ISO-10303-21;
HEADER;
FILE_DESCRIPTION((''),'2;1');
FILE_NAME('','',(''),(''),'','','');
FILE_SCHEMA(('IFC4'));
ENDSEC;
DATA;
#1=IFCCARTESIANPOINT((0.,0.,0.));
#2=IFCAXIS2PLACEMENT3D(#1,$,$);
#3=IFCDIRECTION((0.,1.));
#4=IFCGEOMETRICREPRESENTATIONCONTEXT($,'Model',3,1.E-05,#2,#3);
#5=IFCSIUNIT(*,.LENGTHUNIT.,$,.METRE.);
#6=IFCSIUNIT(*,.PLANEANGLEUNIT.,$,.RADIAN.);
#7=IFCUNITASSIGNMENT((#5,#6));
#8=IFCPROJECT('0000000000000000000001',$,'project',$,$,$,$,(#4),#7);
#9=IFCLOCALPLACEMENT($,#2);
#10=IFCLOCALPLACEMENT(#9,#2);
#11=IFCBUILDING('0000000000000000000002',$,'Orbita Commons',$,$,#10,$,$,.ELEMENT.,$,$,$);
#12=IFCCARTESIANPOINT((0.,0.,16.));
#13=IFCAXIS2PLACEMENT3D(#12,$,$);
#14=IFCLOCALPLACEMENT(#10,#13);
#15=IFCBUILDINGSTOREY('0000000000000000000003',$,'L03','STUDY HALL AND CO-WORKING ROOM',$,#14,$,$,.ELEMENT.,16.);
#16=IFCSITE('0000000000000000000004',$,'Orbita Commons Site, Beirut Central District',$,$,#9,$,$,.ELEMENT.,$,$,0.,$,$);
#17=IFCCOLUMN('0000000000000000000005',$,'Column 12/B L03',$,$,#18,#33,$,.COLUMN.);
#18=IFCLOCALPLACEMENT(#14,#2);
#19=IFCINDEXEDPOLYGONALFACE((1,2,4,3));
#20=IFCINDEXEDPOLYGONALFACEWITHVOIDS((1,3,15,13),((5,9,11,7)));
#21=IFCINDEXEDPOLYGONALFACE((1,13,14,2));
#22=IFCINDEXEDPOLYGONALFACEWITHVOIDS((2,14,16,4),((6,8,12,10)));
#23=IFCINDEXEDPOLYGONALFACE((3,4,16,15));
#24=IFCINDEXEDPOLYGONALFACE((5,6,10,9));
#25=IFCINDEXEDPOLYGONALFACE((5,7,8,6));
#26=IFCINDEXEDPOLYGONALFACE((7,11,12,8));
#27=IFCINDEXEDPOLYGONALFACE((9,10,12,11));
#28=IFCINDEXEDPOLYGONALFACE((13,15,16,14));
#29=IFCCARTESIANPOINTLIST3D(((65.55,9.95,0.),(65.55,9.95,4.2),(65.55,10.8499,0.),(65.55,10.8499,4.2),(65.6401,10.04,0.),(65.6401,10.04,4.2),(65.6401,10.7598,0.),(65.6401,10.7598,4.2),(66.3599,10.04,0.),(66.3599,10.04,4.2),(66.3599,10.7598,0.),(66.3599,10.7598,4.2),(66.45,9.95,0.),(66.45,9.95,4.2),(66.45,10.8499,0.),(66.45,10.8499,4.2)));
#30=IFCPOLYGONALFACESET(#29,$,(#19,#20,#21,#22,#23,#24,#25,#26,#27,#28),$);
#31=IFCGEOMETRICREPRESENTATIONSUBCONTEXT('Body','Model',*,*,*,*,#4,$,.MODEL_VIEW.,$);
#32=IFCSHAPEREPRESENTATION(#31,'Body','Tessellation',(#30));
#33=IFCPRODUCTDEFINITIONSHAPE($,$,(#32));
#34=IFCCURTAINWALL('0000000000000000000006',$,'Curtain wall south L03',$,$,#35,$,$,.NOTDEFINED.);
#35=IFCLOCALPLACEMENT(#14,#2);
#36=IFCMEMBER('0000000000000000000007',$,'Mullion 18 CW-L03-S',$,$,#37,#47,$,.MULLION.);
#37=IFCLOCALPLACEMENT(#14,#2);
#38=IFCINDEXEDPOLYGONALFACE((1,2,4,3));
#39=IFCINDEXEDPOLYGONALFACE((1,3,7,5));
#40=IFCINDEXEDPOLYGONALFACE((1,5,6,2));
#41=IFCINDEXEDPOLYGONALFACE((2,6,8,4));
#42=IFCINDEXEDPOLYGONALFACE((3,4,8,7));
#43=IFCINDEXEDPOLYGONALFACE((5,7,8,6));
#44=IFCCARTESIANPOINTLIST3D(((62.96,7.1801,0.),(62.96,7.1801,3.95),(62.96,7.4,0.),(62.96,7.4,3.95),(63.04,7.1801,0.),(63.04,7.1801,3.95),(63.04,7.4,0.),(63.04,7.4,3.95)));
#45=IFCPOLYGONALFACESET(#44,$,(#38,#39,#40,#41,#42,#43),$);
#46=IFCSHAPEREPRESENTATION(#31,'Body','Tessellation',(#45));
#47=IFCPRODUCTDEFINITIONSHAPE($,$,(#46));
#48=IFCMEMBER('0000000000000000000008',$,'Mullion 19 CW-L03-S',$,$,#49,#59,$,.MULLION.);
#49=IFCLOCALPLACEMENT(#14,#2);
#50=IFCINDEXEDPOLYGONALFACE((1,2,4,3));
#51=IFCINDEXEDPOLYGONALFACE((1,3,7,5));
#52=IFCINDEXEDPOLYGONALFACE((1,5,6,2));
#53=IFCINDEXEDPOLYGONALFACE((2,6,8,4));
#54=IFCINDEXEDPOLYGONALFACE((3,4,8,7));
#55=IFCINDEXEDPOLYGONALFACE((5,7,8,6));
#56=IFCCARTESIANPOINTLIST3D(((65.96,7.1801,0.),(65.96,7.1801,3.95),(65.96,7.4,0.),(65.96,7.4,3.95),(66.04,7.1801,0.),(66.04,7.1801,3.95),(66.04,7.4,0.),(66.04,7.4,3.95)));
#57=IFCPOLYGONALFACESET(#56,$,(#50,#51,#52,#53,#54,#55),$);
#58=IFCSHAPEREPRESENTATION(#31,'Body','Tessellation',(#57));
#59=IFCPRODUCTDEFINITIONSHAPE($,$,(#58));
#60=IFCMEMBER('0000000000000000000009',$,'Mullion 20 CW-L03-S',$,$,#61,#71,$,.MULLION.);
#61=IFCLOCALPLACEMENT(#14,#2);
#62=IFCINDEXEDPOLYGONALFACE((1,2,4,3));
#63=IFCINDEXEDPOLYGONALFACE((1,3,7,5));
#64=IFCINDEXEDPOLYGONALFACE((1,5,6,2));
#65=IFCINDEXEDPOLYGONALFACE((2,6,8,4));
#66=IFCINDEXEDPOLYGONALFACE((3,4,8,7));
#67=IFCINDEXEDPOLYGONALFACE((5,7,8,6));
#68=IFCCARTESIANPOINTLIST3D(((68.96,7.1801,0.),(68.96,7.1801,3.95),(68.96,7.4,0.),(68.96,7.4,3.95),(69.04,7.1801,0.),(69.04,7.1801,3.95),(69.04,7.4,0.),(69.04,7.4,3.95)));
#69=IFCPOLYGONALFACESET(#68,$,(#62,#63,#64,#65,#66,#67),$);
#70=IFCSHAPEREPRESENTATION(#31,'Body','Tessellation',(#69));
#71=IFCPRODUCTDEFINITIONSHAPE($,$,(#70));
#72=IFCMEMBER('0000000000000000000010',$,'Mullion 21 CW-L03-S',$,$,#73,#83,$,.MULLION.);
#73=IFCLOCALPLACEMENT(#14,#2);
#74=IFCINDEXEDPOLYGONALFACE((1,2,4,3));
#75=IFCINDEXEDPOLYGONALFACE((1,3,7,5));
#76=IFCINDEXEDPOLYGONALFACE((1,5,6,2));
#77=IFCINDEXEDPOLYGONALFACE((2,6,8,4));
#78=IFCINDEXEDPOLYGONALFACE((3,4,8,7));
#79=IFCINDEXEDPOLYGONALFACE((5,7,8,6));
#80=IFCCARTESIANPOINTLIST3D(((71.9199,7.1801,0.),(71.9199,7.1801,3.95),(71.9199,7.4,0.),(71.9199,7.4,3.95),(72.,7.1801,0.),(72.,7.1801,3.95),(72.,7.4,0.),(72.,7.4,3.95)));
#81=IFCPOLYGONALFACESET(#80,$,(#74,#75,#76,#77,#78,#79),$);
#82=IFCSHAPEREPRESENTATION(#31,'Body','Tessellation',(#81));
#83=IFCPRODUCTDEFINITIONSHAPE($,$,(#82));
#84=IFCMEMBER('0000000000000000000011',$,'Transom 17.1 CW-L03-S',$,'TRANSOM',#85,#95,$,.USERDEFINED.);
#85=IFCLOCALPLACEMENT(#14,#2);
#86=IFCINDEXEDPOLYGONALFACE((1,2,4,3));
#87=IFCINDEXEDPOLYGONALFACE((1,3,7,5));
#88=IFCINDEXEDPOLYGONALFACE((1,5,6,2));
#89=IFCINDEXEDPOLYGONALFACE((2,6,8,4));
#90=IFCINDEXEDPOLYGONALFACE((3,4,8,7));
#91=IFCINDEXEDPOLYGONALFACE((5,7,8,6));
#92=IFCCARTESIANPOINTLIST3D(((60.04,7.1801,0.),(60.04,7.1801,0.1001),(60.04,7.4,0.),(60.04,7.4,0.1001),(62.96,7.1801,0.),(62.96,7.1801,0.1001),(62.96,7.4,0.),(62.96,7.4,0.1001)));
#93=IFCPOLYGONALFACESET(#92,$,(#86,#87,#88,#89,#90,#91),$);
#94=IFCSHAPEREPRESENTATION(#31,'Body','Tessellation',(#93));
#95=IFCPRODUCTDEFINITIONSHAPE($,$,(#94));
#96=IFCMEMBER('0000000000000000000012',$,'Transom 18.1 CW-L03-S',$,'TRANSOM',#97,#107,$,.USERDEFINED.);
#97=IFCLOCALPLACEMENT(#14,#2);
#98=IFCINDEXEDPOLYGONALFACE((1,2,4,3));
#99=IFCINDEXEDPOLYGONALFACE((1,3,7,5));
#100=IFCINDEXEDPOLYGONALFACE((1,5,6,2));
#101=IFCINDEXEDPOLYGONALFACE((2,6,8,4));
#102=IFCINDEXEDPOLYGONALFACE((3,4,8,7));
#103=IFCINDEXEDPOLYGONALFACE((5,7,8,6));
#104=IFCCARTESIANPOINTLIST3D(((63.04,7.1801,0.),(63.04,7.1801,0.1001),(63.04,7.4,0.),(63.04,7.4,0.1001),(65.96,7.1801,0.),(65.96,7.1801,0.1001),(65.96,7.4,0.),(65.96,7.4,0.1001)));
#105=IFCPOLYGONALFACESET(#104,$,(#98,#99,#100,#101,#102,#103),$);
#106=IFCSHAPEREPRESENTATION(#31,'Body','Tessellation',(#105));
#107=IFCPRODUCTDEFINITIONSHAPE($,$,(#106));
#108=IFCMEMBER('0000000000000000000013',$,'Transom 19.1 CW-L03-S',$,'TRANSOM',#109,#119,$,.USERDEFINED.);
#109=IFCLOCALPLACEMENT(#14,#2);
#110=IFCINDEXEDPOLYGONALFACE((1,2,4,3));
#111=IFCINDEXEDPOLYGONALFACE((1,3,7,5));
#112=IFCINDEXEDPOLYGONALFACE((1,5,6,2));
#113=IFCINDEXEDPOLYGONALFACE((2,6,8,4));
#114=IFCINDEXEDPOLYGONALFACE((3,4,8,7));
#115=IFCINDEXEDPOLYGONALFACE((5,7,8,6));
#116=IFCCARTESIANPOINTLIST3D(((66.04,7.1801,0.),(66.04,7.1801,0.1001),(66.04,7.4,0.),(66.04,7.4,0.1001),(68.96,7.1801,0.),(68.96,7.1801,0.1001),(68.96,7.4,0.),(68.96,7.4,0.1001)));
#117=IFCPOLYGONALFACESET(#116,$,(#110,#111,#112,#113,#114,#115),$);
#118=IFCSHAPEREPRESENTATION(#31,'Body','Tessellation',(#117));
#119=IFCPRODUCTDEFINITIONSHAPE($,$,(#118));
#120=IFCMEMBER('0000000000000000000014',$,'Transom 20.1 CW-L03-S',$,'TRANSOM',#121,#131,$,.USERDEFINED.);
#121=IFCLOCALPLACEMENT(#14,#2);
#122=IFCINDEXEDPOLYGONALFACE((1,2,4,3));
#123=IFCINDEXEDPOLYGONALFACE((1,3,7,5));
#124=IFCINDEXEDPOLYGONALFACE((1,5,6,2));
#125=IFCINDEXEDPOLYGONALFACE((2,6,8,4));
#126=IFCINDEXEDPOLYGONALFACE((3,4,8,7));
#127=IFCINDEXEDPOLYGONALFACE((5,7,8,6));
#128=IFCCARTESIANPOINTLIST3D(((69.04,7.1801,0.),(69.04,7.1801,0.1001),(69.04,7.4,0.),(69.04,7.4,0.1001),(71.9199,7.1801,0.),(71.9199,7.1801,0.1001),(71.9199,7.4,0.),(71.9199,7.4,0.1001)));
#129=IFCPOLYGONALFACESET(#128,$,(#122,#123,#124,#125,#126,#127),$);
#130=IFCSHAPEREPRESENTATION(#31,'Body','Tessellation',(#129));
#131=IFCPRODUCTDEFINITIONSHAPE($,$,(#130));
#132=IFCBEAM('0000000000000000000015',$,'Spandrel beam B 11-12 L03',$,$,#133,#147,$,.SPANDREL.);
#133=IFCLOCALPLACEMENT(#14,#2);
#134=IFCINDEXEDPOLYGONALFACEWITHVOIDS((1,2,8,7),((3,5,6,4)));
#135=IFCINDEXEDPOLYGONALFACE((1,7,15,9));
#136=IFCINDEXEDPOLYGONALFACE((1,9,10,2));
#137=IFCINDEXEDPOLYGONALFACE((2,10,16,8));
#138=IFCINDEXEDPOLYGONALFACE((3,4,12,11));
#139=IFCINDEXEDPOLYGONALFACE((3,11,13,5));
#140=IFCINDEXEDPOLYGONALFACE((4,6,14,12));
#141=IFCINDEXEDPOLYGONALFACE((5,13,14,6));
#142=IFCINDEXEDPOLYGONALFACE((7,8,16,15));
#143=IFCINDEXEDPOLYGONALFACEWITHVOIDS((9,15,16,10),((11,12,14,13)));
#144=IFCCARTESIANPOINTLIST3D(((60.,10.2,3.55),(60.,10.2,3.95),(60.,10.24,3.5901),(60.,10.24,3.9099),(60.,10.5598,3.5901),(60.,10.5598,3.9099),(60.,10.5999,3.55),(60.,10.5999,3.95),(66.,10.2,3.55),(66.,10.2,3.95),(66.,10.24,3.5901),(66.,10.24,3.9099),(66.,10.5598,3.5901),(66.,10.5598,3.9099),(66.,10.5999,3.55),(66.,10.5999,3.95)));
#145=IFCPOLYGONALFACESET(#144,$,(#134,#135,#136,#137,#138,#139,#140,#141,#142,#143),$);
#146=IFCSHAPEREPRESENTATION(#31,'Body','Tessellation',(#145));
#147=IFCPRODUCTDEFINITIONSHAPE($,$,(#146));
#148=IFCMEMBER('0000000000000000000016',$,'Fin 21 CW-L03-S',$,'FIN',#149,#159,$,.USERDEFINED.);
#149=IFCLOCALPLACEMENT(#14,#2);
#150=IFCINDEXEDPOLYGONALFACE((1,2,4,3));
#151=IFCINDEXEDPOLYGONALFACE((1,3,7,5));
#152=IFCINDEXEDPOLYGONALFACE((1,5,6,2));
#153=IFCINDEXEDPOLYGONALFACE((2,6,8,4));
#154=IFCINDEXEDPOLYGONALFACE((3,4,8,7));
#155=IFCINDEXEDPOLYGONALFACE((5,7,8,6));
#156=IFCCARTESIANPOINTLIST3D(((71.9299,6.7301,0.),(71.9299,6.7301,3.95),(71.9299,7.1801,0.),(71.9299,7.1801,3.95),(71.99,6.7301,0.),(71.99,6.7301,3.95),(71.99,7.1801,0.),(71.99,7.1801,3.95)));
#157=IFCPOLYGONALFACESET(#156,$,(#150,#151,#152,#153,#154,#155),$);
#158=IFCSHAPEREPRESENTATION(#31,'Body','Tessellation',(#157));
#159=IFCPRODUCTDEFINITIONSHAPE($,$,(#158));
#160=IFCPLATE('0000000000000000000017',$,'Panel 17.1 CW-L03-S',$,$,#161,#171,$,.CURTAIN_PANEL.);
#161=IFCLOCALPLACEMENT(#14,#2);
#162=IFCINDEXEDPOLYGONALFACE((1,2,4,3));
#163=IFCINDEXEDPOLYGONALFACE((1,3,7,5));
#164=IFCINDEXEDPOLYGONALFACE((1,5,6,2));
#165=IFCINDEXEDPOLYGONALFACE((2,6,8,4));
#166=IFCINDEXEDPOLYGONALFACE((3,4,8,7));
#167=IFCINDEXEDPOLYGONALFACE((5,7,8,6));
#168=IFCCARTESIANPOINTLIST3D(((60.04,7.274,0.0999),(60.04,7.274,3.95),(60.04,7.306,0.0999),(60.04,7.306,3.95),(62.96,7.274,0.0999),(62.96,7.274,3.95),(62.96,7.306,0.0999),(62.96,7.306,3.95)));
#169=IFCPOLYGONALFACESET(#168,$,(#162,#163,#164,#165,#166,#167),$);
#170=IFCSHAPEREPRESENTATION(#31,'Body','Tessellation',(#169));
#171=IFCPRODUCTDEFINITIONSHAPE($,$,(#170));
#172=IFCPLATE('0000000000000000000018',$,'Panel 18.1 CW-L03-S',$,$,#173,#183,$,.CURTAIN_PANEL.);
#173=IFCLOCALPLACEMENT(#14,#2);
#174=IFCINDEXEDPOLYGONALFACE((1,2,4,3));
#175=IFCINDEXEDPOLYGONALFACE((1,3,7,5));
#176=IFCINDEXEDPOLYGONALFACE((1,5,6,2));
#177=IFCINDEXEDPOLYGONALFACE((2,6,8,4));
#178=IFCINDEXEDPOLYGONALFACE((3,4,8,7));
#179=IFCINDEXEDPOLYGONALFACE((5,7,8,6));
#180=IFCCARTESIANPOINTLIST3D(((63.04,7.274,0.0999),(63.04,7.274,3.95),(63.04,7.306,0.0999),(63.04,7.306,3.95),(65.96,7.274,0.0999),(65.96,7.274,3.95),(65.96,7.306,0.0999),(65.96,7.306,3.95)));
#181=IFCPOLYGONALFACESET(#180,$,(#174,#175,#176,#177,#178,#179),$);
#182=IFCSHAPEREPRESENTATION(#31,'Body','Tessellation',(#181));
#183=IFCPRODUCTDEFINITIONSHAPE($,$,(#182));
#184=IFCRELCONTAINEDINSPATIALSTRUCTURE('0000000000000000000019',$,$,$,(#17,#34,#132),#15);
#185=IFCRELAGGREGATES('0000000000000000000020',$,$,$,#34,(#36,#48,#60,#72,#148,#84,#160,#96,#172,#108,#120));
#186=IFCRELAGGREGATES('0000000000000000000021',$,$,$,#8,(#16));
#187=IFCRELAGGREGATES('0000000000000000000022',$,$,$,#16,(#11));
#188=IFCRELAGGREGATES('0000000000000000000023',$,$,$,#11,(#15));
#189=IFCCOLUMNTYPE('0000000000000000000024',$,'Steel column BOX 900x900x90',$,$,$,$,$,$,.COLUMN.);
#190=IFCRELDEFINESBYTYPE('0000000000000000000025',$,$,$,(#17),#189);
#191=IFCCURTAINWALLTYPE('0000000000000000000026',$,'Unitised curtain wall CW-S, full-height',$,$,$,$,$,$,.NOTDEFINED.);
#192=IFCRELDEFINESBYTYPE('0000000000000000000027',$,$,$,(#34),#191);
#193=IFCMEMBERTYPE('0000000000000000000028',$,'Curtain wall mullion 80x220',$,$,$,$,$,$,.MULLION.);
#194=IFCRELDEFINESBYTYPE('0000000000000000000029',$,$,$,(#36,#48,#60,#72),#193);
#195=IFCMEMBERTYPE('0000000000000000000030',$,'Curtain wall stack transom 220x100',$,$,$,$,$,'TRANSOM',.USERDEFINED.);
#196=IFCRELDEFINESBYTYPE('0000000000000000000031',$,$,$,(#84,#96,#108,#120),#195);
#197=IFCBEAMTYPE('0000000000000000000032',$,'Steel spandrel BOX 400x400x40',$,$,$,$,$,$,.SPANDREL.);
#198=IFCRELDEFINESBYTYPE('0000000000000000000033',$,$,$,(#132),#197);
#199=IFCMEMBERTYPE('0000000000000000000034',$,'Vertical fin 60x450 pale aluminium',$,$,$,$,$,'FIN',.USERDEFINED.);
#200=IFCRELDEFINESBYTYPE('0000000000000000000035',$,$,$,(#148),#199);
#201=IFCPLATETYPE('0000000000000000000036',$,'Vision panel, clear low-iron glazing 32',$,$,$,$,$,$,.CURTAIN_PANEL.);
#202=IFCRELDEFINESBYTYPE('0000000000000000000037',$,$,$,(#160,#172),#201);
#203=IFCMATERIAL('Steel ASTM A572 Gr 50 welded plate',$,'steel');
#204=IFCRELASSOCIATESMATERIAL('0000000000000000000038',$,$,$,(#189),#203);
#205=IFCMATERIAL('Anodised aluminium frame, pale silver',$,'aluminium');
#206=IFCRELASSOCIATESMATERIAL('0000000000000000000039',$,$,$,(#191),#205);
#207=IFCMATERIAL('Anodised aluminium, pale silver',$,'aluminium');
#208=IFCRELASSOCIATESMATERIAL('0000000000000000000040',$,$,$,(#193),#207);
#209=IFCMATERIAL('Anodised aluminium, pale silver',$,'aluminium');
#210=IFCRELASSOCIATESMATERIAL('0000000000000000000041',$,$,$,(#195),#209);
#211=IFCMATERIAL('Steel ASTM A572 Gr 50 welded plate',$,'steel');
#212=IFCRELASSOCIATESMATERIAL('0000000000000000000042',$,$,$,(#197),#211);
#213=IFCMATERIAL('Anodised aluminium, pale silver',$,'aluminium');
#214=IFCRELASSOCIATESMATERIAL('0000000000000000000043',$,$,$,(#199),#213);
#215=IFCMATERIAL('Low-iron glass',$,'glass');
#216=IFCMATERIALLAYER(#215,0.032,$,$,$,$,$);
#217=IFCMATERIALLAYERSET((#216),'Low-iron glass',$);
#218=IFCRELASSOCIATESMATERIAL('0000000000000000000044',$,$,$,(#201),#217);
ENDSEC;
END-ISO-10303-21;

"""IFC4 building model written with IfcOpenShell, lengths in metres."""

from ifc_helpers import new_model, si_unit, direction, frame, origin, origin_2d, place, context, subcontext, project, spatial, rectangle, hollow_rectangle, extrude, material, layer, layer_set, material_profile, profile_set, type_object, element, aggregate, save


model = new_model("IFC4")

# Units and contexts
model_context = context("Model", 3, precision=1e-05, world=origin(), true_north=direction((0.0, 1.0)))
body_context = subcontext(model_context, "Body", "Model", "MODEL_VIEW")
ifc_project = project(units=[si_unit("LENGTHUNIT", "METRE"), si_unit("PLANEANGLEUNIT", "RADIAN")], contexts=[model_context])

# Site, building, storey
site_placement = place(None, origin())
site = spatial("IfcSite", under=ifc_project, at=site_placement, Name="Orbita Commons Site, Beirut Central District", CompositionType="ELEMENT", RefElevation=0.0)
building_placement = place(site_placement, origin())
building = spatial("IfcBuilding", under=site, at=building_placement, Name="Orbita Commons", CompositionType="ELEMENT")
storey_placement = place(building_placement, frame((0.0, 0.0, 16.0)))
storey = spatial("IfcBuildingStorey", under=building, at=storey_placement, Name="L03", Description="STUDY HALL AND CO-WORKING ROOM", CompositionType="ELEMENT", Elevation=16.0)

# Column
ifc_material_1 = material(Name="Steel ASTM A572 Gr 50 welded plate", Category="steel")
ifc_material_profile_1 = material_profile(ifc_material_1, hollow_rectangle(XDim=0.8999, YDim=0.8999, WallThickness=0.0901, at=origin_2d()), Name="BOX 900x900x90")
ifc_profile_set_1 = profile_set([ifc_material_profile_1], Name="Steel ASTM A572 Gr 50 welded plate")
column_type = type_object("IfcColumnType", Name="Steel column BOX 900x900x90", PredefinedType="COLUMN", material=ifc_profile_set_1)
column_placement = place(storey_placement, frame((66.0, 10.3999, 0.0), z_axis=(0.0, 0.0, 1.0), x_axis=(1.0, 0.0, 0.0)))
element("IfcColumn", 1, at=column_placement, inside=storey, type_object=column_type, Name="Column 12/B L03", PredefinedType="COLUMN", context=body_context, shape_type="SweptSolid", body=[
    extrude(hollow_rectangle(XDim=0.8999, YDim=0.8999, WallThickness=0.0901, at=origin_2d()), origin(), (0.0, 0.0, 1.0), 4.2),
])

# Curtain wall, members
ifc_material_2 = material(Name="Anodised aluminium frame, pale silver", Category="aluminium")
curtain_wall_type = type_object("IfcCurtainWallType", Name="Unitised curtain wall CW-S, full-height", PredefinedType="NOTDEFINED", material=ifc_material_2)
curtain_wall_placement = place(storey_placement, origin())
curtain_wall = element("IfcCurtainWall", 2, at=curtain_wall_placement, inside=storey, type_object=curtain_wall_type, Name="Curtain wall south L03", PredefinedType="NOTDEFINED")
ifc_material_3 = material(Name="Anodised aluminium, pale silver", Category="aluminium")
ifc_material_profile_2 = material_profile(ifc_material_3, rectangle(XDim=0.0801, YDim=0.22, at=origin_2d()), Name="AL 80x220")
ifc_profile_set_2 = profile_set([ifc_material_profile_2], Name="Anodised aluminium, pale silver")
member_type_1 = type_object("IfcMemberType", Name="Curtain wall mullion 80x220", PredefinedType="MULLION", material=ifc_profile_set_2)
member_1_placement = place(storey_placement, frame((63.0, 7.29, 0.0), z_axis=(0.0, 0.0, 1.0), x_axis=(1.0, 0.0, 0.0)))
member_1 = element("IfcMember", 3, at=member_1_placement, type_object=member_type_1, Name="Mullion 18 CW-L03-S", PredefinedType="MULLION", context=body_context, shape_type="SweptSolid", body=[
    extrude(rectangle(XDim=0.0801, YDim=0.22, at=origin_2d()), origin(), (0.0, 0.0, 1.0), 3.95),
])
member_2_placement = place(storey_placement, frame((66.0, 7.29, 0.0), z_axis=(0.0, 0.0, 1.0), x_axis=(1.0, 0.0, 0.0)))
member_2 = element("IfcMember", 4, at=member_2_placement, type_object=member_type_1, Name="Mullion 19 CW-L03-S", PredefinedType="MULLION", context=body_context, shape_type="SweptSolid", body=[
    extrude(rectangle(XDim=0.0801, YDim=0.22, at=origin_2d()), origin(), (0.0, 0.0, 1.0), 3.95),
])
member_3_placement = place(storey_placement, frame((69.0, 7.29, 0.0), z_axis=(0.0, 0.0, 1.0), x_axis=(1.0, 0.0, 0.0)))
member_3 = element("IfcMember", 5, at=member_3_placement, type_object=member_type_1, Name="Mullion 20 CW-L03-S", PredefinedType="MULLION", context=body_context, shape_type="SweptSolid", body=[
    extrude(rectangle(XDim=0.0801, YDim=0.22, at=origin_2d()), origin(), (0.0, 0.0, 1.0), 3.95),
])
member_4_placement = place(storey_placement, frame((71.96, 7.29, 0.0), z_axis=(0.0, 0.0, 1.0), x_axis=(1.0, 0.0, 0.0)))
member_4 = element("IfcMember", 6, at=member_4_placement, type_object=member_type_1, Name="Mullion 21 CW-L03-S", PredefinedType="MULLION", context=body_context, shape_type="SweptSolid", body=[
    extrude(rectangle(XDim=0.0801, YDim=0.22, at=origin_2d()), origin(), (0.0, 0.0, 1.0), 3.95),
])
ifc_material_4 = material(Name="Anodised aluminium, pale silver", Category="aluminium")
ifc_material_profile_3 = material_profile(ifc_material_4, rectangle(XDim=0.22, YDim=0.1001, at=origin_2d()), Name="AL 220x100")
ifc_profile_set_3 = profile_set([ifc_material_profile_3], Name="Anodised aluminium, pale silver")
member_type_2 = type_object("IfcMemberType", Name="Curtain wall stack transom 220x100", ElementType="TRANSOM", PredefinedType="USERDEFINED", material=ifc_profile_set_3)
member_5_placement = place(storey_placement, frame((60.04, 7.29, 0.05), z_axis=(1.0, 0.0, 0.0), x_axis=(0.0, 1.0, 0.0)))
member_5 = element("IfcMember", 7, at=member_5_placement, type_object=member_type_2, Name="Transom 17.1 CW-L03-S", ObjectType="TRANSOM", PredefinedType="USERDEFINED", context=body_context, shape_type="SweptSolid", body=[
    extrude(rectangle(XDim=0.22, YDim=0.1001, at=origin_2d()), origin(), (0.0, 0.0, 1.0), 2.9199),
])
member_6_placement = place(storey_placement, frame((63.04, 7.29, 0.05), z_axis=(1.0, 0.0, 0.0), x_axis=(0.0, 1.0, 0.0)))
member_6 = element("IfcMember", 8, at=member_6_placement, type_object=member_type_2, Name="Transom 18.1 CW-L03-S", ObjectType="TRANSOM", PredefinedType="USERDEFINED", context=body_context, shape_type="SweptSolid", body=[
    extrude(rectangle(XDim=0.22, YDim=0.1001, at=origin_2d()), origin(), (0.0, 0.0, 1.0), 2.9199),
])
member_7_placement = place(storey_placement, frame((66.04, 7.29, 0.05), z_axis=(1.0, 0.0, 0.0), x_axis=(0.0, 1.0, 0.0)))
member_7 = element("IfcMember", 9, at=member_7_placement, type_object=member_type_2, Name="Transom 19.1 CW-L03-S", ObjectType="TRANSOM", PredefinedType="USERDEFINED", context=body_context, shape_type="SweptSolid", body=[
    extrude(rectangle(XDim=0.22, YDim=0.1001, at=origin_2d()), origin(), (0.0, 0.0, 1.0), 2.9199),
])
member_8_placement = place(storey_placement, frame((69.04, 7.29, 0.05), z_axis=(1.0, 0.0, 0.0), x_axis=(0.0, 1.0, 0.0)))
member_8 = element("IfcMember", 10, at=member_8_placement, type_object=member_type_2, Name="Transom 20.1 CW-L03-S", ObjectType="TRANSOM", PredefinedType="USERDEFINED", context=body_context, shape_type="SweptSolid", body=[
    extrude(rectangle(XDim=0.22, YDim=0.1001, at=origin_2d()), origin(), (0.0, 0.0, 1.0), 2.8799),
])

# Beam
ifc_material_5 = material(Name="Steel ASTM A572 Gr 50 welded plate", Category="steel")
ifc_material_profile_4 = material_profile(ifc_material_5, hollow_rectangle(XDim=0.3999, YDim=0.3999, WallThickness=0.04, at=origin_2d()), Name="BOX 400x400x40")
ifc_profile_set_4 = profile_set([ifc_material_profile_4], Name="Steel ASTM A572 Gr 50 welded plate")
beam_type = type_object("IfcBeamType", Name="Steel spandrel BOX 400x400x40", PredefinedType="SPANDREL", material=ifc_profile_set_4)
beam_placement = place(storey_placement, frame((60.0, 10.3999, 3.75), z_axis=(1.0, 0.0, 0.0), x_axis=(0.0, 1.0, 0.0)))
element("IfcBeam", 11, at=beam_placement, inside=storey, type_object=beam_type, Name="Spandrel beam B 11-12 L03", PredefinedType="SPANDREL", context=body_context, shape_type="SweptSolid", body=[
    extrude(hollow_rectangle(XDim=0.3999, YDim=0.3999, WallThickness=0.04, at=origin_2d()), origin(), (0.0, 0.0, 1.0), 6.0),
])

# Member
ifc_material_6 = material(Name="Anodised aluminium, pale silver", Category="aluminium")
ifc_material_profile_5 = material_profile(ifc_material_6, rectangle(XDim=0.0601, YDim=0.45, at=origin_2d()), Name="FIN 60x450")
ifc_profile_set_5 = profile_set([ifc_material_profile_5], Name="Anodised aluminium, pale silver")
member_type_3 = type_object("IfcMemberType", Name="Vertical fin 60x450 pale aluminium", ElementType="FIN", PredefinedType="USERDEFINED", material=ifc_profile_set_5)
member_9_placement = place(storey_placement, frame((71.96, 6.9551, 0.0), z_axis=(0.0, 0.0, 1.0), x_axis=(1.0, 0.0, 0.0)))
member_9 = element("IfcMember", 12, at=member_9_placement, type_object=member_type_3, Name="Fin 21 CW-L03-S", ObjectType="FIN", PredefinedType="USERDEFINED", context=body_context, shape_type="SweptSolid", body=[
    extrude(rectangle(XDim=0.0601, YDim=0.45, at=origin_2d()), origin(), (0.0, 0.0, 1.0), 3.95),
])

# Plates
ifc_material_7 = material(Name="Low-iron glass", Category="glass")
ifc_layer_1 = layer(ifc_material_7, 0.032)
ifc_layer_set_1 = layer_set([ifc_layer_1], Name="Low-iron glass")
plate_type = type_object("IfcPlateType", Name="Vision panel, clear low-iron glazing 32", PredefinedType="CURTAIN_PANEL", material=ifc_layer_set_1)
plate_1_placement = place(storey_placement, frame((61.5, 7.29, 0.0999), z_axis=(0.0, 0.0, 1.0), x_axis=(1.0, 0.0, 0.0)))
plate_1 = element("IfcPlate", 13, at=plate_1_placement, type_object=plate_type, Name="Panel 17.1 CW-L03-S", PredefinedType="CURTAIN_PANEL", context=body_context, shape_type="SweptSolid", body=[
    extrude(rectangle(XDim=2.9199, YDim=0.032, at=origin_2d()), origin(), (0.0, 0.0, 1.0), 3.8501),
])
plate_2_placement = place(storey_placement, frame((64.5, 7.29, 0.0999), z_axis=(0.0, 0.0, 1.0), x_axis=(1.0, 0.0, 0.0)))
plate_2 = element("IfcPlate", 14, at=plate_2_placement, type_object=plate_type, Name="Panel 18.1 CW-L03-S", PredefinedType="CURTAIN_PANEL", context=body_context, shape_type="SweptSolid", body=[
    extrude(rectangle(XDim=2.9199, YDim=0.032, at=origin_2d()), origin(), (0.0, 0.0, 1.0), 3.8501),
])
aggregate(curtain_wall, [member_1, member_2, member_3, member_4, member_9, member_5, plate_1, member_6, plate_2, member_7, member_8])

save(model, "model.ifc")
